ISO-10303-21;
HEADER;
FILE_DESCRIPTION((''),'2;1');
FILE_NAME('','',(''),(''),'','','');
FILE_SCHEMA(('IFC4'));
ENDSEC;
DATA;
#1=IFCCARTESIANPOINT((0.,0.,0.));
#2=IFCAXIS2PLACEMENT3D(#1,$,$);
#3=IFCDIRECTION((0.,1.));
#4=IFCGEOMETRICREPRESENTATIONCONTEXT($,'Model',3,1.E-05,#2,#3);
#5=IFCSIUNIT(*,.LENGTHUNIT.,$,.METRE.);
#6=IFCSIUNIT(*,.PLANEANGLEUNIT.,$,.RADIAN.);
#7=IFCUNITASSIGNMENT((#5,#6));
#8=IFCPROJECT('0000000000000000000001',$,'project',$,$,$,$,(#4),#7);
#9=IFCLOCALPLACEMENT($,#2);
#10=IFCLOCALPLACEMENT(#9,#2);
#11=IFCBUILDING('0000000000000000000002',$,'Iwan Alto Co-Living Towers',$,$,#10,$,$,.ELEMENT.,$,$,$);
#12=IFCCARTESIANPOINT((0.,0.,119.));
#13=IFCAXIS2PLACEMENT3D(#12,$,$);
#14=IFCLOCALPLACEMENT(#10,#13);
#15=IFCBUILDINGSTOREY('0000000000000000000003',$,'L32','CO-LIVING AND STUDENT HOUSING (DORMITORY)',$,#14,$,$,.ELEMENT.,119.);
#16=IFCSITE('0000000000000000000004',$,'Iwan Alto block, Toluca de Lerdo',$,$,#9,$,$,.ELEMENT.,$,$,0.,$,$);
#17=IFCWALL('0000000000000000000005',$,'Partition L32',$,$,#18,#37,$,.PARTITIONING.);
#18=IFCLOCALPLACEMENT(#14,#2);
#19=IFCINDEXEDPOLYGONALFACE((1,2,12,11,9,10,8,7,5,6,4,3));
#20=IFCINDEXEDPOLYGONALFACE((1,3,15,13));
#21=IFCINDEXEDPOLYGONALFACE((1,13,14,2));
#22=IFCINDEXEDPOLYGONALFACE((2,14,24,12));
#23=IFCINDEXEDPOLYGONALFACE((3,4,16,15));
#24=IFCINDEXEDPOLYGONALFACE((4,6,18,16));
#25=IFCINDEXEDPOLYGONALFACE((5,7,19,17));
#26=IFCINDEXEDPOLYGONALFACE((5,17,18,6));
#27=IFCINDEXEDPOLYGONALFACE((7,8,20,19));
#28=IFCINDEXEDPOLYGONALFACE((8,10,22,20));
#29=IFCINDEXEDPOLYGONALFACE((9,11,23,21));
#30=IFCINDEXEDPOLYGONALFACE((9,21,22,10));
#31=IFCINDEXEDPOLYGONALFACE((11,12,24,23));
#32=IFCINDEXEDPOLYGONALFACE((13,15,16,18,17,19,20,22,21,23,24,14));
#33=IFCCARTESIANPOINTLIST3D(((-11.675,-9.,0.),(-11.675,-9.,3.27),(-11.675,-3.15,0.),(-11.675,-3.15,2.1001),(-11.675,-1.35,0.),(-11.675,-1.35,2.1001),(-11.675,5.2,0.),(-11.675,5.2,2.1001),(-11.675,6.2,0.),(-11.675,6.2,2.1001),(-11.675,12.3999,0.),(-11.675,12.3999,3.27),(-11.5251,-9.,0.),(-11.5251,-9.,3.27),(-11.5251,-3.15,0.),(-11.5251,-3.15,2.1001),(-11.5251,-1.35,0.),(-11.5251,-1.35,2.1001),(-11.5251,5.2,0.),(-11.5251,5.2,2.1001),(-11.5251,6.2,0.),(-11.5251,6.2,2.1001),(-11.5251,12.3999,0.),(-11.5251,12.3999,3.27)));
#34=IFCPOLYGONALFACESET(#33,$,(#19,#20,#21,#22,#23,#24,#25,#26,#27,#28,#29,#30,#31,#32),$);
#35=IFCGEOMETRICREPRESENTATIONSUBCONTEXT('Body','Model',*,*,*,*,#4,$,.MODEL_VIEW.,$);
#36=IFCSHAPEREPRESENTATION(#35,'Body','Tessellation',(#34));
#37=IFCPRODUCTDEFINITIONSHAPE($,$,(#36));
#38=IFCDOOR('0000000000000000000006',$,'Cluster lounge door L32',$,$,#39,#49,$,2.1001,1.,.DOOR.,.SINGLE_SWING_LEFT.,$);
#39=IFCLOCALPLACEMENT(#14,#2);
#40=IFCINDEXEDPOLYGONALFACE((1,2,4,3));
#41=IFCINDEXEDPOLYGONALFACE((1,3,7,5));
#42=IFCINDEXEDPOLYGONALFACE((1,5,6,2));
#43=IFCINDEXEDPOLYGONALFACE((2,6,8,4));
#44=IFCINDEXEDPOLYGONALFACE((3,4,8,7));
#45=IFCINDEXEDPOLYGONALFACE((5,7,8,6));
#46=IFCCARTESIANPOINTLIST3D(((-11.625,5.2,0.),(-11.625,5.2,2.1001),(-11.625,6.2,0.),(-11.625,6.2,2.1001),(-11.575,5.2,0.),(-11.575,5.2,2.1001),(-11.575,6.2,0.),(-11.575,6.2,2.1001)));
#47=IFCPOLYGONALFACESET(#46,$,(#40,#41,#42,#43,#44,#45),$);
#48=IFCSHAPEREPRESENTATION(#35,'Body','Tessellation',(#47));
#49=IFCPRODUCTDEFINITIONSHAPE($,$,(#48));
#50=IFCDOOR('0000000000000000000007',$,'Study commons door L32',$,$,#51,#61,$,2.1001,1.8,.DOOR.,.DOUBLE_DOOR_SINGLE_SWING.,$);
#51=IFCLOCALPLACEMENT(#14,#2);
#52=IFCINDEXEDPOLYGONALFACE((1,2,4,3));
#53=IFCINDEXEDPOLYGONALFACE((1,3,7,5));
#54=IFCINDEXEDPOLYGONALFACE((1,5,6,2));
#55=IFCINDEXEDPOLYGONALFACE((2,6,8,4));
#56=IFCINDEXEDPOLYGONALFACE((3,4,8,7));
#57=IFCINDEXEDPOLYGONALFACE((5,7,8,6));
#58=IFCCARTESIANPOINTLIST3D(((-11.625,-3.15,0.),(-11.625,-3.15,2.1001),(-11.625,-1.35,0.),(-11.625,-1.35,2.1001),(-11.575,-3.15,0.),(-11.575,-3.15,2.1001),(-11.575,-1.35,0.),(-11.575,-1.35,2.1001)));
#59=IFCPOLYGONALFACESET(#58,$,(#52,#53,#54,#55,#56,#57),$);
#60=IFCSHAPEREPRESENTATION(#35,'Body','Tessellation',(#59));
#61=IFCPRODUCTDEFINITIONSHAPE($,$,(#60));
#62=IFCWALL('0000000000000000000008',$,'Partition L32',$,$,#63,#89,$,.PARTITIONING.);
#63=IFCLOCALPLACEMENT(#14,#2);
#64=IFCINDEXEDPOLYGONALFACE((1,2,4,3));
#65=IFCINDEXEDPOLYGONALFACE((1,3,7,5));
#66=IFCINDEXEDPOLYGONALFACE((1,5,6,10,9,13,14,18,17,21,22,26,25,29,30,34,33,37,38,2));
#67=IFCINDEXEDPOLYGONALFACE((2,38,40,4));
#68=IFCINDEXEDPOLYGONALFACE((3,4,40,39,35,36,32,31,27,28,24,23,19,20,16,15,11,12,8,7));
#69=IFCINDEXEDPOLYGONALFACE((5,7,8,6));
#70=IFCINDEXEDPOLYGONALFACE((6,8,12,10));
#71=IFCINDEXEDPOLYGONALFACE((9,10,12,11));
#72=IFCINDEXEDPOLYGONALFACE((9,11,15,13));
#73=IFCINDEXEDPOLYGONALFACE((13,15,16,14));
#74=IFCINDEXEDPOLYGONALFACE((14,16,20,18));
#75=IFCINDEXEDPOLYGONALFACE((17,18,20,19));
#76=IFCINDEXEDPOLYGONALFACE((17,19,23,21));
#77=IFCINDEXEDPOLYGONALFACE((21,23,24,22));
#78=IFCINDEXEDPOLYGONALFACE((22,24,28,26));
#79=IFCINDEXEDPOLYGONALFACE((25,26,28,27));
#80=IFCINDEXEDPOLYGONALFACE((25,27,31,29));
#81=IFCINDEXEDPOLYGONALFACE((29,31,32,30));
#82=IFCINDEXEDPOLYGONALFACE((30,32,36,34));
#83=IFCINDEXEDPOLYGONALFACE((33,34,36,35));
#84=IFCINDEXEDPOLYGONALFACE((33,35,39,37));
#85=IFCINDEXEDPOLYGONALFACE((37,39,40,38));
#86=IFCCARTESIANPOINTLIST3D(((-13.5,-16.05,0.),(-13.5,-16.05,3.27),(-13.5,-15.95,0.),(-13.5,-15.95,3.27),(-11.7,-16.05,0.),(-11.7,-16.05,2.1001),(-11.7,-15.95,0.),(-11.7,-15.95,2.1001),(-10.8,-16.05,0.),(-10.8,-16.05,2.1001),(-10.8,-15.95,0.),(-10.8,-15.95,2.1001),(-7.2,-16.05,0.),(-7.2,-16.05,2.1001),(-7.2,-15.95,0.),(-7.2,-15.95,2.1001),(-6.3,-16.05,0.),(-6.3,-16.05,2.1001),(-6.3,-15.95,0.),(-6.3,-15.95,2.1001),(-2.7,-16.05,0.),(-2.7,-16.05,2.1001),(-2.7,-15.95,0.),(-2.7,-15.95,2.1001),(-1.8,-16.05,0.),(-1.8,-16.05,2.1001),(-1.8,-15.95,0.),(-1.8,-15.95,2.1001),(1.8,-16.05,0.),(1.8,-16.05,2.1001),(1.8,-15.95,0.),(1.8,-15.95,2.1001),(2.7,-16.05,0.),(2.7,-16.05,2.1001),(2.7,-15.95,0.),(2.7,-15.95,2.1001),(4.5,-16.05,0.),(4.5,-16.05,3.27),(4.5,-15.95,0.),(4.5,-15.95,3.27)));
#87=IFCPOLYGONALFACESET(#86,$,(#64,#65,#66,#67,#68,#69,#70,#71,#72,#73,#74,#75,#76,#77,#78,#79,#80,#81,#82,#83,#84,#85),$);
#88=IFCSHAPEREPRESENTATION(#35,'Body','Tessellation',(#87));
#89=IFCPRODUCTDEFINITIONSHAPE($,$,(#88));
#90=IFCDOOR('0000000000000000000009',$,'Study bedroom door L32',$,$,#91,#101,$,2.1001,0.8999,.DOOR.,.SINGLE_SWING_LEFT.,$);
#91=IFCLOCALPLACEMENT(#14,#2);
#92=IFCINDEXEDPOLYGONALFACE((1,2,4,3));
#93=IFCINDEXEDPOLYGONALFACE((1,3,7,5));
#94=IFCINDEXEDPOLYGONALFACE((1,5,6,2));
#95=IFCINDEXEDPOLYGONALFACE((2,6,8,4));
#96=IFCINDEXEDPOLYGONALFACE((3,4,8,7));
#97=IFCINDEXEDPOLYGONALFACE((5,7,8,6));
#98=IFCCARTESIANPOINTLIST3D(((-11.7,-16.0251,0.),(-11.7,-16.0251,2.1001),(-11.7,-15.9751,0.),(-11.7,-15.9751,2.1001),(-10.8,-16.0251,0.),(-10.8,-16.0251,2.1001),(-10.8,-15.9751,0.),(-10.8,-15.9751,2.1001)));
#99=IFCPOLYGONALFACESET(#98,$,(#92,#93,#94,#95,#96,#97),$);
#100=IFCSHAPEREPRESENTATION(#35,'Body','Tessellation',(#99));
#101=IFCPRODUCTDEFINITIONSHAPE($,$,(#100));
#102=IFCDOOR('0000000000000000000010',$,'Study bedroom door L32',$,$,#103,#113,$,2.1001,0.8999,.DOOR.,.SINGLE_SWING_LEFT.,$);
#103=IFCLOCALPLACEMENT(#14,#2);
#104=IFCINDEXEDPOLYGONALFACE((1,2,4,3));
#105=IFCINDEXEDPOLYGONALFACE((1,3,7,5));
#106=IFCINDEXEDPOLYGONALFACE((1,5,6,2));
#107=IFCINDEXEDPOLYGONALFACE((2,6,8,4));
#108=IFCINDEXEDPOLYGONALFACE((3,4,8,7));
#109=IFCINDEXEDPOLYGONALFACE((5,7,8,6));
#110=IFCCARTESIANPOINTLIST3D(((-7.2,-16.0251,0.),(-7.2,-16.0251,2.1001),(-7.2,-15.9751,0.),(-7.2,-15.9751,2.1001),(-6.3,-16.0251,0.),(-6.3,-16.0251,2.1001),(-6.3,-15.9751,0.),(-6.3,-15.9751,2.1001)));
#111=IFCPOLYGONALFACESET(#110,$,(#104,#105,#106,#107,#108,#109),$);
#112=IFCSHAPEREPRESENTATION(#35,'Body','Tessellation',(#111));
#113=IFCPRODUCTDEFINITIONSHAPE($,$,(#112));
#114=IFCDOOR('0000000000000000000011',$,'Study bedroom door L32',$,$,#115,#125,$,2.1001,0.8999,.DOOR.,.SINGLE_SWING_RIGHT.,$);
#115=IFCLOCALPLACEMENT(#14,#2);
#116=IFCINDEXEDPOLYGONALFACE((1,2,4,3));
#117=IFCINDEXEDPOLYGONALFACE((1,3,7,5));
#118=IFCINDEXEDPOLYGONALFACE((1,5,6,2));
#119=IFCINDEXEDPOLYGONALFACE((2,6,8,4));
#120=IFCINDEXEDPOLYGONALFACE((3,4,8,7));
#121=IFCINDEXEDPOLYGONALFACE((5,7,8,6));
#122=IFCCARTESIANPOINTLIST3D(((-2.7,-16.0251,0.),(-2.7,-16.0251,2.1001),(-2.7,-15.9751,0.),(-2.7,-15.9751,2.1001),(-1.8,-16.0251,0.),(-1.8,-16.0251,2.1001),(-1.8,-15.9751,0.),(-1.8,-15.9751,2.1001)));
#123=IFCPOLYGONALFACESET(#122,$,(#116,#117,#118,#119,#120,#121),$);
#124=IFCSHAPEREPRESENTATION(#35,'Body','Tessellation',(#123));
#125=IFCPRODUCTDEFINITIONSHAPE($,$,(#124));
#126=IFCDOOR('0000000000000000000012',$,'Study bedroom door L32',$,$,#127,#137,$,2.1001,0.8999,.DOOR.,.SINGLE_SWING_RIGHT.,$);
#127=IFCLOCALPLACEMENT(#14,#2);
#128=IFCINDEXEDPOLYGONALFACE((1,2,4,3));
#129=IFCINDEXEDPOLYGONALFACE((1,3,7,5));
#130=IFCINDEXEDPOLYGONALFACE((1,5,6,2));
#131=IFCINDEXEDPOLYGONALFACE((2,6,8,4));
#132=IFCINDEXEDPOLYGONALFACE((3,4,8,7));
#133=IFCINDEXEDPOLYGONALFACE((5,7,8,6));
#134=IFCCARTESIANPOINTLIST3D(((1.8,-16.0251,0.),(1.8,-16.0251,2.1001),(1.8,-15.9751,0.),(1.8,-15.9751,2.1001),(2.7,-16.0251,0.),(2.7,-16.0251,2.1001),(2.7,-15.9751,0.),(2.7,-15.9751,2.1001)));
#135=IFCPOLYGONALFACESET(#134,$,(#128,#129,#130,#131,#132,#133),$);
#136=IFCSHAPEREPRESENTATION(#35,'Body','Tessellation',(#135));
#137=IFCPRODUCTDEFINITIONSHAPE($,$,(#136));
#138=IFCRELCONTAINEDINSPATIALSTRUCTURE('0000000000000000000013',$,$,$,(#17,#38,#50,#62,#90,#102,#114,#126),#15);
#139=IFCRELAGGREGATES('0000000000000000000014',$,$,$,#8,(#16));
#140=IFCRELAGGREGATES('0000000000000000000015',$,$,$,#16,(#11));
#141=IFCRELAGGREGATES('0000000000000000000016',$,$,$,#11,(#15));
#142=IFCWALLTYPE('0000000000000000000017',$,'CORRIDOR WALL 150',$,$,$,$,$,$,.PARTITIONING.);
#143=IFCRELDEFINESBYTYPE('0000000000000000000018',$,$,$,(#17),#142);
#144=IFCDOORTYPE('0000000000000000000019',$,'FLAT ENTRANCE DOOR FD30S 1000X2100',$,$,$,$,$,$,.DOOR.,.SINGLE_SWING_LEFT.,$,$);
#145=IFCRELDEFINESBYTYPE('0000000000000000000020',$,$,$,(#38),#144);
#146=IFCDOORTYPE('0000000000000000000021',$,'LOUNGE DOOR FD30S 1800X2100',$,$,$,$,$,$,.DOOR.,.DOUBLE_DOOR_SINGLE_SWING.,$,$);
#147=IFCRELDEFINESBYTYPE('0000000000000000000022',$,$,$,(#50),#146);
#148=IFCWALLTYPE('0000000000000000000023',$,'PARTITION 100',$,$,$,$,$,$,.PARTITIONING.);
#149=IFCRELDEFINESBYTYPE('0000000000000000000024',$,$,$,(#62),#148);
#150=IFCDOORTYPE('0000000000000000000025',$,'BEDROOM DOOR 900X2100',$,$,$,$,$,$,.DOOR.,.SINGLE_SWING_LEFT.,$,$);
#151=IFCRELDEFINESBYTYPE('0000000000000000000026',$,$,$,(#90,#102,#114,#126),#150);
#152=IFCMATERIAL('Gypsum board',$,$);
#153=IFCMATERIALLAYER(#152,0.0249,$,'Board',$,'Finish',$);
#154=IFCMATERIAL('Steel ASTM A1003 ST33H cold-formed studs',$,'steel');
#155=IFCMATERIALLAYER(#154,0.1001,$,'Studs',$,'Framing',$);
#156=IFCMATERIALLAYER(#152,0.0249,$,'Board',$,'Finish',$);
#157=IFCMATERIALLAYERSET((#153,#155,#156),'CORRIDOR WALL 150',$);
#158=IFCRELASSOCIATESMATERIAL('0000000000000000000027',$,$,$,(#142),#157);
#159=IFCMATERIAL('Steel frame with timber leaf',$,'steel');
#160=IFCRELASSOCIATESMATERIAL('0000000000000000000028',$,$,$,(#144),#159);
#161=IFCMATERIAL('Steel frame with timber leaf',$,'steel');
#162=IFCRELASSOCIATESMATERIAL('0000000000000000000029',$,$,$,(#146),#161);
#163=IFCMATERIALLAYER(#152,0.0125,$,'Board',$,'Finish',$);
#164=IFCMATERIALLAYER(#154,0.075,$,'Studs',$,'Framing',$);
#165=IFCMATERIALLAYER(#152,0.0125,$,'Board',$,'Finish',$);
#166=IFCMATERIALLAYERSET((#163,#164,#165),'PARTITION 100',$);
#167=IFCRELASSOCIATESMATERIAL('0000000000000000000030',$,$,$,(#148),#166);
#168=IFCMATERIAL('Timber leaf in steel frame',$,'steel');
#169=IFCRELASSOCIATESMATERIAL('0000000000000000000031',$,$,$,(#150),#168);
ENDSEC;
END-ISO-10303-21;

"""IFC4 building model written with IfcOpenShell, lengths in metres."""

from ifc_helpers import new_model, si_unit, direction, frame, frame_2d, origin, place, context, subcontext, project, spatial, rectangle, extrude, material, layer, layer_set, type_object, element, fill, save


model = new_model("IFC4")

# Units and contexts
model_context = context("Model", 3, precision=1e-05, world=origin(), true_north=direction((0.0, 1.0)))
body_context = subcontext(model_context, "Body", "Model", "MODEL_VIEW")
ifc_project = project(units=[si_unit("LENGTHUNIT", "METRE"), si_unit("PLANEANGLEUNIT", "RADIAN")], contexts=[model_context])

# Site, building, storey
site_placement = place(None, origin())
site = spatial("IfcSite", under=ifc_project, at=site_placement, Name="Iwan Alto block, Toluca de Lerdo", CompositionType="ELEMENT", RefElevation=0.0)
building_placement = place(site_placement, origin())
building = spatial("IfcBuilding", under=site, at=building_placement, Name="Iwan Alto Co-Living Towers", CompositionType="ELEMENT")
storey_placement = place(building_placement, frame((0.0, 0.0, 119.0)))
storey = spatial("IfcBuildingStorey", under=building, at=storey_placement, Name="L32", Description="CO-LIVING AND STUDENT HOUSING (DORMITORY)", CompositionType="ELEMENT", Elevation=119.0)

# Shared definitions
ifc_material_1 = material(Name="Gypsum board")
ifc_layer_1 = layer(ifc_material_1, 0.0249, Name="Board", Category="Finish")
ifc_material_2 = material(Name="Steel ASTM A1003 ST33H cold-formed studs", Category="steel")
ifc_layer_2 = layer(ifc_material_2, 0.1001, Name="Studs", Category="Framing")
ifc_layer_3 = layer(ifc_material_1, 0.0249, Name="Board", Category="Finish")
ifc_layer_set_1 = layer_set([ifc_layer_1, ifc_layer_2, ifc_layer_3], Name="CORRIDOR WALL 150")
wall_type_1 = type_object("IfcWallType", Name="CORRIDOR WALL 150", PredefinedType="PARTITIONING", material=ifc_layer_set_1)
ifc_material_3 = material(Name="Steel frame with timber leaf", Category="steel")
door_type_1 = type_object("IfcDoorType", Name="FLAT ENTRANCE DOOR FD30S 1000X2100", OperationType="SINGLE_SWING_LEFT", PredefinedType="DOOR", material=ifc_material_3)

# Walls, openings, doors
wall_1_placement = place(storey_placement, frame((-11.6001, -9.0, 0.0), z_axis=(0.0, 0.0, 1.0), x_axis=(0.0, 1.0, 0.0)))
wall_1 = element("IfcWall", 1, at=wall_1_placement, inside=storey, type_object=wall_type_1, Name="Partition L32", PredefinedType="PARTITIONING", context=body_context, shape_type="SweptSolid", body=[
    extrude(rectangle(XDim=21.3999, YDim=0.1499, at=frame_2d((10.7, 0.0))), origin(), (0.0, 0.0, 1.0), 3.27),
])
opening_1_placement = place(wall_1_placement, frame((14.2, 0.0, 0.0)))
opening_1 = element("IfcOpeningElement", 2, at=opening_1_placement, cuts=wall_1, PredefinedType="OPENING", context=body_context, shape_type="SweptSolid", body=[
    extrude(rectangle(XDim=1.0, YDim=2.1001, at=frame_2d((0.5, 1.05))), frame((0.0, 0.085, 0.0), z_axis=(0.0, -1.0, 0.0), x_axis=(1.0, 0.0, 0.0)), (0.0, 0.0, 1.0), 0.1699),
])
opening_2_placement = place(wall_1_placement, frame((5.8501, 0.0, 0.0)))
opening_2 = element("IfcOpeningElement", 3, at=opening_2_placement, cuts=wall_1, PredefinedType="OPENING", context=body_context, shape_type="SweptSolid", body=[
    extrude(rectangle(XDim=1.8, YDim=2.1001, at=frame_2d((0.8999, 1.05))), frame((0.0, 0.085, 0.0), z_axis=(0.0, -1.0, 0.0), x_axis=(1.0, 0.0, 0.0)), (0.0, 0.0, 1.0), 0.1699),
])
door_1_placement = place(opening_1_placement, origin())
door_1 = element("IfcDoor", 4, at=door_1_placement, inside=storey, type_object=door_type_1, Name="Cluster lounge door L32", OperationType="SINGLE_SWING_LEFT", OverallHeight=2.1001, OverallWidth=1.0, PredefinedType="DOOR", context=body_context, shape_type="SweptSolid", body=[
    extrude(rectangle(XDim=1.0, YDim=2.1001, at=frame_2d((0.5, 1.05))), frame((0.0, 0.0249, 0.0), z_axis=(0.0, -1.0, 0.0), x_axis=(1.0, 0.0, 0.0)), (0.0, 0.0, 1.0), 0.05),
])
fill(opening_1, door_1)
ifc_material_4 = material(Name="Steel frame with timber leaf", Category="steel")
door_type_2 = type_object("IfcDoorType", Name="LOUNGE DOOR FD30S 1800X2100", OperationType="DOUBLE_DOOR_SINGLE_SWING", PredefinedType="DOOR", material=ifc_material_4)
door_2_placement = place(opening_2_placement, origin())
door_2 = element("IfcDoor", 5, at=door_2_placement, inside=storey, type_object=door_type_2, Name="Study commons door L32", OperationType="DOUBLE_DOOR_SINGLE_SWING", OverallHeight=2.1001, OverallWidth=1.8, PredefinedType="DOOR", context=body_context, shape_type="SweptSolid", body=[
    extrude(rectangle(XDim=1.8, YDim=2.1001, at=frame_2d((0.8999, 1.05))), frame((0.0, 0.0249, 0.0), z_axis=(0.0, -1.0, 0.0), x_axis=(1.0, 0.0, 0.0)), (0.0, 0.0, 1.0), 0.05),
])
fill(opening_2, door_2)
ifc_layer_4 = layer(ifc_material_1, 0.0125, Name="Board", Category="Finish")
ifc_layer_5 = layer(ifc_material_2, 0.075, Name="Studs", Category="Framing")
ifc_layer_6 = layer(ifc_material_1, 0.0125, Name="Board", Category="Finish")
ifc_layer_set_2 = layer_set([ifc_layer_4, ifc_layer_5, ifc_layer_6], Name="PARTITION 100")
wall_type_2 = type_object("IfcWallType", Name="PARTITION 100", PredefinedType="PARTITIONING", material=ifc_layer_set_2)
wall_2_placement = place(storey_placement, frame((-13.5, -16.0, 0.0), z_axis=(0.0, 0.0, 1.0), x_axis=(1.0, 0.0, 0.0)))
wall_2 = element("IfcWall", 6, at=wall_2_placement, inside=storey, type_object=wall_type_2, Name="Partition L32", PredefinedType="PARTITIONING", context=body_context, shape_type="SweptSolid", body=[
    extrude(rectangle(XDim=18.0, YDim=0.1001, at=frame_2d((9.0, 0.0))), origin(), (0.0, 0.0, 1.0), 3.27),
])
opening_3_placement = place(wall_2_placement, frame((1.8, 0.0, 0.0)))
opening_3 = element("IfcOpeningElement", 7, at=opening_3_placement, cuts=wall_2, PredefinedType="OPENING", context=body_context, shape_type="SweptSolid", body=[
    extrude(rectangle(XDim=0.8999, YDim=2.1001, at=frame_2d((0.45, 1.05))), frame((0.0, 0.0601, 0.0), z_axis=(0.0, -1.0, 0.0), x_axis=(1.0, 0.0, 0.0)), (0.0, 0.0, 1.0), 0.1201),
])
opening_4_placement = place(wall_2_placement, frame((6.3, 0.0, 0.0)))
opening_4 = element("IfcOpeningElement", 8, at=opening_4_placement, cuts=wall_2, PredefinedType="OPENING", context=body_context, shape_type="SweptSolid", body=[
    extrude(rectangle(XDim=0.8999, YDim=2.1001, at=frame_2d((0.45, 1.05))), frame((0.0, 0.0601, 0.0), z_axis=(0.0, -1.0, 0.0), x_axis=(1.0, 0.0, 0.0)), (0.0, 0.0, 1.0), 0.1201),
])
opening_5_placement = place(wall_2_placement, frame((10.8, 0.0, 0.0)))
opening_5 = element("IfcOpeningElement", 9, at=opening_5_placement, cuts=wall_2, PredefinedType="OPENING", context=body_context, shape_type="SweptSolid", body=[
    extrude(rectangle(XDim=0.8999, YDim=2.1001, at=frame_2d((0.45, 1.05))), frame((0.0, 0.0601, 0.0), z_axis=(0.0, -1.0, 0.0), x_axis=(1.0, 0.0, 0.0)), (0.0, 0.0, 1.0), 0.1201),
])
opening_6_placement = place(wall_2_placement, frame((15.3, 0.0, 0.0)))
opening_6 = element("IfcOpeningElement", 10, at=opening_6_placement, cuts=wall_2, PredefinedType="OPENING", context=body_context, shape_type="SweptSolid", body=[
    extrude(rectangle(XDim=0.8999, YDim=2.1001, at=frame_2d((0.45, 1.05))), frame((0.0, 0.0601, 0.0), z_axis=(0.0, -1.0, 0.0), x_axis=(1.0, 0.0, 0.0)), (0.0, 0.0, 1.0), 0.1201),
])
ifc_material_5 = material(Name="Timber leaf in steel frame", Category="steel")
door_type_3 = type_object("IfcDoorType", Name="BEDROOM DOOR 900X2100", OperationType="SINGLE_SWING_LEFT", PredefinedType="DOOR", material=ifc_material_5)
door_3_placement = place(opening_3_placement, origin())
door_3 = element("IfcDoor", 11, at=door_3_placement, inside=storey, type_object=door_type_3, Name="Study bedroom door L32", OperationType="SINGLE_SWING_LEFT", OverallHeight=2.1001, OverallWidth=0.8999, PredefinedType="DOOR", context=body_context, shape_type="SweptSolid", body=[
    extrude(rectangle(XDim=0.8999, YDim=2.1001, at=frame_2d((0.45, 1.05))), frame((0.0, 0.0249, 0.0), z_axis=(0.0, -1.0, 0.0), x_axis=(1.0, 0.0, 0.0)), (0.0, 0.0, 1.0), 0.05),
])
fill(opening_3, door_3)
door_4_placement = place(opening_4_placement, origin())
door_4 = element("IfcDoor", 12, at=door_4_placement, inside=storey, type_object=door_type_3, Name="Study bedroom door L32", OperationType="SINGLE_SWING_LEFT", OverallHeight=2.1001, OverallWidth=0.8999, PredefinedType="DOOR", context=body_context, shape_type="SweptSolid", body=[
    extrude(rectangle(XDim=0.8999, YDim=2.1001, at=frame_2d((0.45, 1.05))), frame((0.0, 0.0249, 0.0), z_axis=(0.0, -1.0, 0.0), x_axis=(1.0, 0.0, 0.0)), (0.0, 0.0, 1.0), 0.05),
])
fill(opening_4, door_4)
door_5_placement = place(opening_5_placement, origin())
door_5 = element("IfcDoor", 13, at=door_5_placement, inside=storey, type_object=door_type_3, Name="Study bedroom door L32", OperationType="SINGLE_SWING_RIGHT", OverallHeight=2.1001, OverallWidth=0.8999, PredefinedType="DOOR", context=body_context, shape_type="SweptSolid", body=[
    extrude(rectangle(XDim=0.8999, YDim=2.1001, at=frame_2d((0.45, 1.05))), frame((0.0, 0.0249, 0.0), z_axis=(0.0, -1.0, 0.0), x_axis=(1.0, 0.0, 0.0)), (0.0, 0.0, 1.0), 0.05),
])
fill(opening_5, door_5)
door_6_placement = place(opening_6_placement, origin())
door_6 = element("IfcDoor", 14, at=door_6_placement, inside=storey, type_object=door_type_3, Name="Study bedroom door L32", OperationType="SINGLE_SWING_RIGHT", OverallHeight=2.1001, OverallWidth=0.8999, PredefinedType="DOOR", context=body_context, shape_type="SweptSolid", body=[
    extrude(rectangle(XDim=0.8999, YDim=2.1001, at=frame_2d((0.45, 1.05))), frame((0.0, 0.0249, 0.0), z_axis=(0.0, -1.0, 0.0), x_axis=(1.0, 0.0, 0.0)), (0.0, 0.0, 1.0), 0.05),
])
fill(opening_6, door_6)

save(model, "model.ifc")
